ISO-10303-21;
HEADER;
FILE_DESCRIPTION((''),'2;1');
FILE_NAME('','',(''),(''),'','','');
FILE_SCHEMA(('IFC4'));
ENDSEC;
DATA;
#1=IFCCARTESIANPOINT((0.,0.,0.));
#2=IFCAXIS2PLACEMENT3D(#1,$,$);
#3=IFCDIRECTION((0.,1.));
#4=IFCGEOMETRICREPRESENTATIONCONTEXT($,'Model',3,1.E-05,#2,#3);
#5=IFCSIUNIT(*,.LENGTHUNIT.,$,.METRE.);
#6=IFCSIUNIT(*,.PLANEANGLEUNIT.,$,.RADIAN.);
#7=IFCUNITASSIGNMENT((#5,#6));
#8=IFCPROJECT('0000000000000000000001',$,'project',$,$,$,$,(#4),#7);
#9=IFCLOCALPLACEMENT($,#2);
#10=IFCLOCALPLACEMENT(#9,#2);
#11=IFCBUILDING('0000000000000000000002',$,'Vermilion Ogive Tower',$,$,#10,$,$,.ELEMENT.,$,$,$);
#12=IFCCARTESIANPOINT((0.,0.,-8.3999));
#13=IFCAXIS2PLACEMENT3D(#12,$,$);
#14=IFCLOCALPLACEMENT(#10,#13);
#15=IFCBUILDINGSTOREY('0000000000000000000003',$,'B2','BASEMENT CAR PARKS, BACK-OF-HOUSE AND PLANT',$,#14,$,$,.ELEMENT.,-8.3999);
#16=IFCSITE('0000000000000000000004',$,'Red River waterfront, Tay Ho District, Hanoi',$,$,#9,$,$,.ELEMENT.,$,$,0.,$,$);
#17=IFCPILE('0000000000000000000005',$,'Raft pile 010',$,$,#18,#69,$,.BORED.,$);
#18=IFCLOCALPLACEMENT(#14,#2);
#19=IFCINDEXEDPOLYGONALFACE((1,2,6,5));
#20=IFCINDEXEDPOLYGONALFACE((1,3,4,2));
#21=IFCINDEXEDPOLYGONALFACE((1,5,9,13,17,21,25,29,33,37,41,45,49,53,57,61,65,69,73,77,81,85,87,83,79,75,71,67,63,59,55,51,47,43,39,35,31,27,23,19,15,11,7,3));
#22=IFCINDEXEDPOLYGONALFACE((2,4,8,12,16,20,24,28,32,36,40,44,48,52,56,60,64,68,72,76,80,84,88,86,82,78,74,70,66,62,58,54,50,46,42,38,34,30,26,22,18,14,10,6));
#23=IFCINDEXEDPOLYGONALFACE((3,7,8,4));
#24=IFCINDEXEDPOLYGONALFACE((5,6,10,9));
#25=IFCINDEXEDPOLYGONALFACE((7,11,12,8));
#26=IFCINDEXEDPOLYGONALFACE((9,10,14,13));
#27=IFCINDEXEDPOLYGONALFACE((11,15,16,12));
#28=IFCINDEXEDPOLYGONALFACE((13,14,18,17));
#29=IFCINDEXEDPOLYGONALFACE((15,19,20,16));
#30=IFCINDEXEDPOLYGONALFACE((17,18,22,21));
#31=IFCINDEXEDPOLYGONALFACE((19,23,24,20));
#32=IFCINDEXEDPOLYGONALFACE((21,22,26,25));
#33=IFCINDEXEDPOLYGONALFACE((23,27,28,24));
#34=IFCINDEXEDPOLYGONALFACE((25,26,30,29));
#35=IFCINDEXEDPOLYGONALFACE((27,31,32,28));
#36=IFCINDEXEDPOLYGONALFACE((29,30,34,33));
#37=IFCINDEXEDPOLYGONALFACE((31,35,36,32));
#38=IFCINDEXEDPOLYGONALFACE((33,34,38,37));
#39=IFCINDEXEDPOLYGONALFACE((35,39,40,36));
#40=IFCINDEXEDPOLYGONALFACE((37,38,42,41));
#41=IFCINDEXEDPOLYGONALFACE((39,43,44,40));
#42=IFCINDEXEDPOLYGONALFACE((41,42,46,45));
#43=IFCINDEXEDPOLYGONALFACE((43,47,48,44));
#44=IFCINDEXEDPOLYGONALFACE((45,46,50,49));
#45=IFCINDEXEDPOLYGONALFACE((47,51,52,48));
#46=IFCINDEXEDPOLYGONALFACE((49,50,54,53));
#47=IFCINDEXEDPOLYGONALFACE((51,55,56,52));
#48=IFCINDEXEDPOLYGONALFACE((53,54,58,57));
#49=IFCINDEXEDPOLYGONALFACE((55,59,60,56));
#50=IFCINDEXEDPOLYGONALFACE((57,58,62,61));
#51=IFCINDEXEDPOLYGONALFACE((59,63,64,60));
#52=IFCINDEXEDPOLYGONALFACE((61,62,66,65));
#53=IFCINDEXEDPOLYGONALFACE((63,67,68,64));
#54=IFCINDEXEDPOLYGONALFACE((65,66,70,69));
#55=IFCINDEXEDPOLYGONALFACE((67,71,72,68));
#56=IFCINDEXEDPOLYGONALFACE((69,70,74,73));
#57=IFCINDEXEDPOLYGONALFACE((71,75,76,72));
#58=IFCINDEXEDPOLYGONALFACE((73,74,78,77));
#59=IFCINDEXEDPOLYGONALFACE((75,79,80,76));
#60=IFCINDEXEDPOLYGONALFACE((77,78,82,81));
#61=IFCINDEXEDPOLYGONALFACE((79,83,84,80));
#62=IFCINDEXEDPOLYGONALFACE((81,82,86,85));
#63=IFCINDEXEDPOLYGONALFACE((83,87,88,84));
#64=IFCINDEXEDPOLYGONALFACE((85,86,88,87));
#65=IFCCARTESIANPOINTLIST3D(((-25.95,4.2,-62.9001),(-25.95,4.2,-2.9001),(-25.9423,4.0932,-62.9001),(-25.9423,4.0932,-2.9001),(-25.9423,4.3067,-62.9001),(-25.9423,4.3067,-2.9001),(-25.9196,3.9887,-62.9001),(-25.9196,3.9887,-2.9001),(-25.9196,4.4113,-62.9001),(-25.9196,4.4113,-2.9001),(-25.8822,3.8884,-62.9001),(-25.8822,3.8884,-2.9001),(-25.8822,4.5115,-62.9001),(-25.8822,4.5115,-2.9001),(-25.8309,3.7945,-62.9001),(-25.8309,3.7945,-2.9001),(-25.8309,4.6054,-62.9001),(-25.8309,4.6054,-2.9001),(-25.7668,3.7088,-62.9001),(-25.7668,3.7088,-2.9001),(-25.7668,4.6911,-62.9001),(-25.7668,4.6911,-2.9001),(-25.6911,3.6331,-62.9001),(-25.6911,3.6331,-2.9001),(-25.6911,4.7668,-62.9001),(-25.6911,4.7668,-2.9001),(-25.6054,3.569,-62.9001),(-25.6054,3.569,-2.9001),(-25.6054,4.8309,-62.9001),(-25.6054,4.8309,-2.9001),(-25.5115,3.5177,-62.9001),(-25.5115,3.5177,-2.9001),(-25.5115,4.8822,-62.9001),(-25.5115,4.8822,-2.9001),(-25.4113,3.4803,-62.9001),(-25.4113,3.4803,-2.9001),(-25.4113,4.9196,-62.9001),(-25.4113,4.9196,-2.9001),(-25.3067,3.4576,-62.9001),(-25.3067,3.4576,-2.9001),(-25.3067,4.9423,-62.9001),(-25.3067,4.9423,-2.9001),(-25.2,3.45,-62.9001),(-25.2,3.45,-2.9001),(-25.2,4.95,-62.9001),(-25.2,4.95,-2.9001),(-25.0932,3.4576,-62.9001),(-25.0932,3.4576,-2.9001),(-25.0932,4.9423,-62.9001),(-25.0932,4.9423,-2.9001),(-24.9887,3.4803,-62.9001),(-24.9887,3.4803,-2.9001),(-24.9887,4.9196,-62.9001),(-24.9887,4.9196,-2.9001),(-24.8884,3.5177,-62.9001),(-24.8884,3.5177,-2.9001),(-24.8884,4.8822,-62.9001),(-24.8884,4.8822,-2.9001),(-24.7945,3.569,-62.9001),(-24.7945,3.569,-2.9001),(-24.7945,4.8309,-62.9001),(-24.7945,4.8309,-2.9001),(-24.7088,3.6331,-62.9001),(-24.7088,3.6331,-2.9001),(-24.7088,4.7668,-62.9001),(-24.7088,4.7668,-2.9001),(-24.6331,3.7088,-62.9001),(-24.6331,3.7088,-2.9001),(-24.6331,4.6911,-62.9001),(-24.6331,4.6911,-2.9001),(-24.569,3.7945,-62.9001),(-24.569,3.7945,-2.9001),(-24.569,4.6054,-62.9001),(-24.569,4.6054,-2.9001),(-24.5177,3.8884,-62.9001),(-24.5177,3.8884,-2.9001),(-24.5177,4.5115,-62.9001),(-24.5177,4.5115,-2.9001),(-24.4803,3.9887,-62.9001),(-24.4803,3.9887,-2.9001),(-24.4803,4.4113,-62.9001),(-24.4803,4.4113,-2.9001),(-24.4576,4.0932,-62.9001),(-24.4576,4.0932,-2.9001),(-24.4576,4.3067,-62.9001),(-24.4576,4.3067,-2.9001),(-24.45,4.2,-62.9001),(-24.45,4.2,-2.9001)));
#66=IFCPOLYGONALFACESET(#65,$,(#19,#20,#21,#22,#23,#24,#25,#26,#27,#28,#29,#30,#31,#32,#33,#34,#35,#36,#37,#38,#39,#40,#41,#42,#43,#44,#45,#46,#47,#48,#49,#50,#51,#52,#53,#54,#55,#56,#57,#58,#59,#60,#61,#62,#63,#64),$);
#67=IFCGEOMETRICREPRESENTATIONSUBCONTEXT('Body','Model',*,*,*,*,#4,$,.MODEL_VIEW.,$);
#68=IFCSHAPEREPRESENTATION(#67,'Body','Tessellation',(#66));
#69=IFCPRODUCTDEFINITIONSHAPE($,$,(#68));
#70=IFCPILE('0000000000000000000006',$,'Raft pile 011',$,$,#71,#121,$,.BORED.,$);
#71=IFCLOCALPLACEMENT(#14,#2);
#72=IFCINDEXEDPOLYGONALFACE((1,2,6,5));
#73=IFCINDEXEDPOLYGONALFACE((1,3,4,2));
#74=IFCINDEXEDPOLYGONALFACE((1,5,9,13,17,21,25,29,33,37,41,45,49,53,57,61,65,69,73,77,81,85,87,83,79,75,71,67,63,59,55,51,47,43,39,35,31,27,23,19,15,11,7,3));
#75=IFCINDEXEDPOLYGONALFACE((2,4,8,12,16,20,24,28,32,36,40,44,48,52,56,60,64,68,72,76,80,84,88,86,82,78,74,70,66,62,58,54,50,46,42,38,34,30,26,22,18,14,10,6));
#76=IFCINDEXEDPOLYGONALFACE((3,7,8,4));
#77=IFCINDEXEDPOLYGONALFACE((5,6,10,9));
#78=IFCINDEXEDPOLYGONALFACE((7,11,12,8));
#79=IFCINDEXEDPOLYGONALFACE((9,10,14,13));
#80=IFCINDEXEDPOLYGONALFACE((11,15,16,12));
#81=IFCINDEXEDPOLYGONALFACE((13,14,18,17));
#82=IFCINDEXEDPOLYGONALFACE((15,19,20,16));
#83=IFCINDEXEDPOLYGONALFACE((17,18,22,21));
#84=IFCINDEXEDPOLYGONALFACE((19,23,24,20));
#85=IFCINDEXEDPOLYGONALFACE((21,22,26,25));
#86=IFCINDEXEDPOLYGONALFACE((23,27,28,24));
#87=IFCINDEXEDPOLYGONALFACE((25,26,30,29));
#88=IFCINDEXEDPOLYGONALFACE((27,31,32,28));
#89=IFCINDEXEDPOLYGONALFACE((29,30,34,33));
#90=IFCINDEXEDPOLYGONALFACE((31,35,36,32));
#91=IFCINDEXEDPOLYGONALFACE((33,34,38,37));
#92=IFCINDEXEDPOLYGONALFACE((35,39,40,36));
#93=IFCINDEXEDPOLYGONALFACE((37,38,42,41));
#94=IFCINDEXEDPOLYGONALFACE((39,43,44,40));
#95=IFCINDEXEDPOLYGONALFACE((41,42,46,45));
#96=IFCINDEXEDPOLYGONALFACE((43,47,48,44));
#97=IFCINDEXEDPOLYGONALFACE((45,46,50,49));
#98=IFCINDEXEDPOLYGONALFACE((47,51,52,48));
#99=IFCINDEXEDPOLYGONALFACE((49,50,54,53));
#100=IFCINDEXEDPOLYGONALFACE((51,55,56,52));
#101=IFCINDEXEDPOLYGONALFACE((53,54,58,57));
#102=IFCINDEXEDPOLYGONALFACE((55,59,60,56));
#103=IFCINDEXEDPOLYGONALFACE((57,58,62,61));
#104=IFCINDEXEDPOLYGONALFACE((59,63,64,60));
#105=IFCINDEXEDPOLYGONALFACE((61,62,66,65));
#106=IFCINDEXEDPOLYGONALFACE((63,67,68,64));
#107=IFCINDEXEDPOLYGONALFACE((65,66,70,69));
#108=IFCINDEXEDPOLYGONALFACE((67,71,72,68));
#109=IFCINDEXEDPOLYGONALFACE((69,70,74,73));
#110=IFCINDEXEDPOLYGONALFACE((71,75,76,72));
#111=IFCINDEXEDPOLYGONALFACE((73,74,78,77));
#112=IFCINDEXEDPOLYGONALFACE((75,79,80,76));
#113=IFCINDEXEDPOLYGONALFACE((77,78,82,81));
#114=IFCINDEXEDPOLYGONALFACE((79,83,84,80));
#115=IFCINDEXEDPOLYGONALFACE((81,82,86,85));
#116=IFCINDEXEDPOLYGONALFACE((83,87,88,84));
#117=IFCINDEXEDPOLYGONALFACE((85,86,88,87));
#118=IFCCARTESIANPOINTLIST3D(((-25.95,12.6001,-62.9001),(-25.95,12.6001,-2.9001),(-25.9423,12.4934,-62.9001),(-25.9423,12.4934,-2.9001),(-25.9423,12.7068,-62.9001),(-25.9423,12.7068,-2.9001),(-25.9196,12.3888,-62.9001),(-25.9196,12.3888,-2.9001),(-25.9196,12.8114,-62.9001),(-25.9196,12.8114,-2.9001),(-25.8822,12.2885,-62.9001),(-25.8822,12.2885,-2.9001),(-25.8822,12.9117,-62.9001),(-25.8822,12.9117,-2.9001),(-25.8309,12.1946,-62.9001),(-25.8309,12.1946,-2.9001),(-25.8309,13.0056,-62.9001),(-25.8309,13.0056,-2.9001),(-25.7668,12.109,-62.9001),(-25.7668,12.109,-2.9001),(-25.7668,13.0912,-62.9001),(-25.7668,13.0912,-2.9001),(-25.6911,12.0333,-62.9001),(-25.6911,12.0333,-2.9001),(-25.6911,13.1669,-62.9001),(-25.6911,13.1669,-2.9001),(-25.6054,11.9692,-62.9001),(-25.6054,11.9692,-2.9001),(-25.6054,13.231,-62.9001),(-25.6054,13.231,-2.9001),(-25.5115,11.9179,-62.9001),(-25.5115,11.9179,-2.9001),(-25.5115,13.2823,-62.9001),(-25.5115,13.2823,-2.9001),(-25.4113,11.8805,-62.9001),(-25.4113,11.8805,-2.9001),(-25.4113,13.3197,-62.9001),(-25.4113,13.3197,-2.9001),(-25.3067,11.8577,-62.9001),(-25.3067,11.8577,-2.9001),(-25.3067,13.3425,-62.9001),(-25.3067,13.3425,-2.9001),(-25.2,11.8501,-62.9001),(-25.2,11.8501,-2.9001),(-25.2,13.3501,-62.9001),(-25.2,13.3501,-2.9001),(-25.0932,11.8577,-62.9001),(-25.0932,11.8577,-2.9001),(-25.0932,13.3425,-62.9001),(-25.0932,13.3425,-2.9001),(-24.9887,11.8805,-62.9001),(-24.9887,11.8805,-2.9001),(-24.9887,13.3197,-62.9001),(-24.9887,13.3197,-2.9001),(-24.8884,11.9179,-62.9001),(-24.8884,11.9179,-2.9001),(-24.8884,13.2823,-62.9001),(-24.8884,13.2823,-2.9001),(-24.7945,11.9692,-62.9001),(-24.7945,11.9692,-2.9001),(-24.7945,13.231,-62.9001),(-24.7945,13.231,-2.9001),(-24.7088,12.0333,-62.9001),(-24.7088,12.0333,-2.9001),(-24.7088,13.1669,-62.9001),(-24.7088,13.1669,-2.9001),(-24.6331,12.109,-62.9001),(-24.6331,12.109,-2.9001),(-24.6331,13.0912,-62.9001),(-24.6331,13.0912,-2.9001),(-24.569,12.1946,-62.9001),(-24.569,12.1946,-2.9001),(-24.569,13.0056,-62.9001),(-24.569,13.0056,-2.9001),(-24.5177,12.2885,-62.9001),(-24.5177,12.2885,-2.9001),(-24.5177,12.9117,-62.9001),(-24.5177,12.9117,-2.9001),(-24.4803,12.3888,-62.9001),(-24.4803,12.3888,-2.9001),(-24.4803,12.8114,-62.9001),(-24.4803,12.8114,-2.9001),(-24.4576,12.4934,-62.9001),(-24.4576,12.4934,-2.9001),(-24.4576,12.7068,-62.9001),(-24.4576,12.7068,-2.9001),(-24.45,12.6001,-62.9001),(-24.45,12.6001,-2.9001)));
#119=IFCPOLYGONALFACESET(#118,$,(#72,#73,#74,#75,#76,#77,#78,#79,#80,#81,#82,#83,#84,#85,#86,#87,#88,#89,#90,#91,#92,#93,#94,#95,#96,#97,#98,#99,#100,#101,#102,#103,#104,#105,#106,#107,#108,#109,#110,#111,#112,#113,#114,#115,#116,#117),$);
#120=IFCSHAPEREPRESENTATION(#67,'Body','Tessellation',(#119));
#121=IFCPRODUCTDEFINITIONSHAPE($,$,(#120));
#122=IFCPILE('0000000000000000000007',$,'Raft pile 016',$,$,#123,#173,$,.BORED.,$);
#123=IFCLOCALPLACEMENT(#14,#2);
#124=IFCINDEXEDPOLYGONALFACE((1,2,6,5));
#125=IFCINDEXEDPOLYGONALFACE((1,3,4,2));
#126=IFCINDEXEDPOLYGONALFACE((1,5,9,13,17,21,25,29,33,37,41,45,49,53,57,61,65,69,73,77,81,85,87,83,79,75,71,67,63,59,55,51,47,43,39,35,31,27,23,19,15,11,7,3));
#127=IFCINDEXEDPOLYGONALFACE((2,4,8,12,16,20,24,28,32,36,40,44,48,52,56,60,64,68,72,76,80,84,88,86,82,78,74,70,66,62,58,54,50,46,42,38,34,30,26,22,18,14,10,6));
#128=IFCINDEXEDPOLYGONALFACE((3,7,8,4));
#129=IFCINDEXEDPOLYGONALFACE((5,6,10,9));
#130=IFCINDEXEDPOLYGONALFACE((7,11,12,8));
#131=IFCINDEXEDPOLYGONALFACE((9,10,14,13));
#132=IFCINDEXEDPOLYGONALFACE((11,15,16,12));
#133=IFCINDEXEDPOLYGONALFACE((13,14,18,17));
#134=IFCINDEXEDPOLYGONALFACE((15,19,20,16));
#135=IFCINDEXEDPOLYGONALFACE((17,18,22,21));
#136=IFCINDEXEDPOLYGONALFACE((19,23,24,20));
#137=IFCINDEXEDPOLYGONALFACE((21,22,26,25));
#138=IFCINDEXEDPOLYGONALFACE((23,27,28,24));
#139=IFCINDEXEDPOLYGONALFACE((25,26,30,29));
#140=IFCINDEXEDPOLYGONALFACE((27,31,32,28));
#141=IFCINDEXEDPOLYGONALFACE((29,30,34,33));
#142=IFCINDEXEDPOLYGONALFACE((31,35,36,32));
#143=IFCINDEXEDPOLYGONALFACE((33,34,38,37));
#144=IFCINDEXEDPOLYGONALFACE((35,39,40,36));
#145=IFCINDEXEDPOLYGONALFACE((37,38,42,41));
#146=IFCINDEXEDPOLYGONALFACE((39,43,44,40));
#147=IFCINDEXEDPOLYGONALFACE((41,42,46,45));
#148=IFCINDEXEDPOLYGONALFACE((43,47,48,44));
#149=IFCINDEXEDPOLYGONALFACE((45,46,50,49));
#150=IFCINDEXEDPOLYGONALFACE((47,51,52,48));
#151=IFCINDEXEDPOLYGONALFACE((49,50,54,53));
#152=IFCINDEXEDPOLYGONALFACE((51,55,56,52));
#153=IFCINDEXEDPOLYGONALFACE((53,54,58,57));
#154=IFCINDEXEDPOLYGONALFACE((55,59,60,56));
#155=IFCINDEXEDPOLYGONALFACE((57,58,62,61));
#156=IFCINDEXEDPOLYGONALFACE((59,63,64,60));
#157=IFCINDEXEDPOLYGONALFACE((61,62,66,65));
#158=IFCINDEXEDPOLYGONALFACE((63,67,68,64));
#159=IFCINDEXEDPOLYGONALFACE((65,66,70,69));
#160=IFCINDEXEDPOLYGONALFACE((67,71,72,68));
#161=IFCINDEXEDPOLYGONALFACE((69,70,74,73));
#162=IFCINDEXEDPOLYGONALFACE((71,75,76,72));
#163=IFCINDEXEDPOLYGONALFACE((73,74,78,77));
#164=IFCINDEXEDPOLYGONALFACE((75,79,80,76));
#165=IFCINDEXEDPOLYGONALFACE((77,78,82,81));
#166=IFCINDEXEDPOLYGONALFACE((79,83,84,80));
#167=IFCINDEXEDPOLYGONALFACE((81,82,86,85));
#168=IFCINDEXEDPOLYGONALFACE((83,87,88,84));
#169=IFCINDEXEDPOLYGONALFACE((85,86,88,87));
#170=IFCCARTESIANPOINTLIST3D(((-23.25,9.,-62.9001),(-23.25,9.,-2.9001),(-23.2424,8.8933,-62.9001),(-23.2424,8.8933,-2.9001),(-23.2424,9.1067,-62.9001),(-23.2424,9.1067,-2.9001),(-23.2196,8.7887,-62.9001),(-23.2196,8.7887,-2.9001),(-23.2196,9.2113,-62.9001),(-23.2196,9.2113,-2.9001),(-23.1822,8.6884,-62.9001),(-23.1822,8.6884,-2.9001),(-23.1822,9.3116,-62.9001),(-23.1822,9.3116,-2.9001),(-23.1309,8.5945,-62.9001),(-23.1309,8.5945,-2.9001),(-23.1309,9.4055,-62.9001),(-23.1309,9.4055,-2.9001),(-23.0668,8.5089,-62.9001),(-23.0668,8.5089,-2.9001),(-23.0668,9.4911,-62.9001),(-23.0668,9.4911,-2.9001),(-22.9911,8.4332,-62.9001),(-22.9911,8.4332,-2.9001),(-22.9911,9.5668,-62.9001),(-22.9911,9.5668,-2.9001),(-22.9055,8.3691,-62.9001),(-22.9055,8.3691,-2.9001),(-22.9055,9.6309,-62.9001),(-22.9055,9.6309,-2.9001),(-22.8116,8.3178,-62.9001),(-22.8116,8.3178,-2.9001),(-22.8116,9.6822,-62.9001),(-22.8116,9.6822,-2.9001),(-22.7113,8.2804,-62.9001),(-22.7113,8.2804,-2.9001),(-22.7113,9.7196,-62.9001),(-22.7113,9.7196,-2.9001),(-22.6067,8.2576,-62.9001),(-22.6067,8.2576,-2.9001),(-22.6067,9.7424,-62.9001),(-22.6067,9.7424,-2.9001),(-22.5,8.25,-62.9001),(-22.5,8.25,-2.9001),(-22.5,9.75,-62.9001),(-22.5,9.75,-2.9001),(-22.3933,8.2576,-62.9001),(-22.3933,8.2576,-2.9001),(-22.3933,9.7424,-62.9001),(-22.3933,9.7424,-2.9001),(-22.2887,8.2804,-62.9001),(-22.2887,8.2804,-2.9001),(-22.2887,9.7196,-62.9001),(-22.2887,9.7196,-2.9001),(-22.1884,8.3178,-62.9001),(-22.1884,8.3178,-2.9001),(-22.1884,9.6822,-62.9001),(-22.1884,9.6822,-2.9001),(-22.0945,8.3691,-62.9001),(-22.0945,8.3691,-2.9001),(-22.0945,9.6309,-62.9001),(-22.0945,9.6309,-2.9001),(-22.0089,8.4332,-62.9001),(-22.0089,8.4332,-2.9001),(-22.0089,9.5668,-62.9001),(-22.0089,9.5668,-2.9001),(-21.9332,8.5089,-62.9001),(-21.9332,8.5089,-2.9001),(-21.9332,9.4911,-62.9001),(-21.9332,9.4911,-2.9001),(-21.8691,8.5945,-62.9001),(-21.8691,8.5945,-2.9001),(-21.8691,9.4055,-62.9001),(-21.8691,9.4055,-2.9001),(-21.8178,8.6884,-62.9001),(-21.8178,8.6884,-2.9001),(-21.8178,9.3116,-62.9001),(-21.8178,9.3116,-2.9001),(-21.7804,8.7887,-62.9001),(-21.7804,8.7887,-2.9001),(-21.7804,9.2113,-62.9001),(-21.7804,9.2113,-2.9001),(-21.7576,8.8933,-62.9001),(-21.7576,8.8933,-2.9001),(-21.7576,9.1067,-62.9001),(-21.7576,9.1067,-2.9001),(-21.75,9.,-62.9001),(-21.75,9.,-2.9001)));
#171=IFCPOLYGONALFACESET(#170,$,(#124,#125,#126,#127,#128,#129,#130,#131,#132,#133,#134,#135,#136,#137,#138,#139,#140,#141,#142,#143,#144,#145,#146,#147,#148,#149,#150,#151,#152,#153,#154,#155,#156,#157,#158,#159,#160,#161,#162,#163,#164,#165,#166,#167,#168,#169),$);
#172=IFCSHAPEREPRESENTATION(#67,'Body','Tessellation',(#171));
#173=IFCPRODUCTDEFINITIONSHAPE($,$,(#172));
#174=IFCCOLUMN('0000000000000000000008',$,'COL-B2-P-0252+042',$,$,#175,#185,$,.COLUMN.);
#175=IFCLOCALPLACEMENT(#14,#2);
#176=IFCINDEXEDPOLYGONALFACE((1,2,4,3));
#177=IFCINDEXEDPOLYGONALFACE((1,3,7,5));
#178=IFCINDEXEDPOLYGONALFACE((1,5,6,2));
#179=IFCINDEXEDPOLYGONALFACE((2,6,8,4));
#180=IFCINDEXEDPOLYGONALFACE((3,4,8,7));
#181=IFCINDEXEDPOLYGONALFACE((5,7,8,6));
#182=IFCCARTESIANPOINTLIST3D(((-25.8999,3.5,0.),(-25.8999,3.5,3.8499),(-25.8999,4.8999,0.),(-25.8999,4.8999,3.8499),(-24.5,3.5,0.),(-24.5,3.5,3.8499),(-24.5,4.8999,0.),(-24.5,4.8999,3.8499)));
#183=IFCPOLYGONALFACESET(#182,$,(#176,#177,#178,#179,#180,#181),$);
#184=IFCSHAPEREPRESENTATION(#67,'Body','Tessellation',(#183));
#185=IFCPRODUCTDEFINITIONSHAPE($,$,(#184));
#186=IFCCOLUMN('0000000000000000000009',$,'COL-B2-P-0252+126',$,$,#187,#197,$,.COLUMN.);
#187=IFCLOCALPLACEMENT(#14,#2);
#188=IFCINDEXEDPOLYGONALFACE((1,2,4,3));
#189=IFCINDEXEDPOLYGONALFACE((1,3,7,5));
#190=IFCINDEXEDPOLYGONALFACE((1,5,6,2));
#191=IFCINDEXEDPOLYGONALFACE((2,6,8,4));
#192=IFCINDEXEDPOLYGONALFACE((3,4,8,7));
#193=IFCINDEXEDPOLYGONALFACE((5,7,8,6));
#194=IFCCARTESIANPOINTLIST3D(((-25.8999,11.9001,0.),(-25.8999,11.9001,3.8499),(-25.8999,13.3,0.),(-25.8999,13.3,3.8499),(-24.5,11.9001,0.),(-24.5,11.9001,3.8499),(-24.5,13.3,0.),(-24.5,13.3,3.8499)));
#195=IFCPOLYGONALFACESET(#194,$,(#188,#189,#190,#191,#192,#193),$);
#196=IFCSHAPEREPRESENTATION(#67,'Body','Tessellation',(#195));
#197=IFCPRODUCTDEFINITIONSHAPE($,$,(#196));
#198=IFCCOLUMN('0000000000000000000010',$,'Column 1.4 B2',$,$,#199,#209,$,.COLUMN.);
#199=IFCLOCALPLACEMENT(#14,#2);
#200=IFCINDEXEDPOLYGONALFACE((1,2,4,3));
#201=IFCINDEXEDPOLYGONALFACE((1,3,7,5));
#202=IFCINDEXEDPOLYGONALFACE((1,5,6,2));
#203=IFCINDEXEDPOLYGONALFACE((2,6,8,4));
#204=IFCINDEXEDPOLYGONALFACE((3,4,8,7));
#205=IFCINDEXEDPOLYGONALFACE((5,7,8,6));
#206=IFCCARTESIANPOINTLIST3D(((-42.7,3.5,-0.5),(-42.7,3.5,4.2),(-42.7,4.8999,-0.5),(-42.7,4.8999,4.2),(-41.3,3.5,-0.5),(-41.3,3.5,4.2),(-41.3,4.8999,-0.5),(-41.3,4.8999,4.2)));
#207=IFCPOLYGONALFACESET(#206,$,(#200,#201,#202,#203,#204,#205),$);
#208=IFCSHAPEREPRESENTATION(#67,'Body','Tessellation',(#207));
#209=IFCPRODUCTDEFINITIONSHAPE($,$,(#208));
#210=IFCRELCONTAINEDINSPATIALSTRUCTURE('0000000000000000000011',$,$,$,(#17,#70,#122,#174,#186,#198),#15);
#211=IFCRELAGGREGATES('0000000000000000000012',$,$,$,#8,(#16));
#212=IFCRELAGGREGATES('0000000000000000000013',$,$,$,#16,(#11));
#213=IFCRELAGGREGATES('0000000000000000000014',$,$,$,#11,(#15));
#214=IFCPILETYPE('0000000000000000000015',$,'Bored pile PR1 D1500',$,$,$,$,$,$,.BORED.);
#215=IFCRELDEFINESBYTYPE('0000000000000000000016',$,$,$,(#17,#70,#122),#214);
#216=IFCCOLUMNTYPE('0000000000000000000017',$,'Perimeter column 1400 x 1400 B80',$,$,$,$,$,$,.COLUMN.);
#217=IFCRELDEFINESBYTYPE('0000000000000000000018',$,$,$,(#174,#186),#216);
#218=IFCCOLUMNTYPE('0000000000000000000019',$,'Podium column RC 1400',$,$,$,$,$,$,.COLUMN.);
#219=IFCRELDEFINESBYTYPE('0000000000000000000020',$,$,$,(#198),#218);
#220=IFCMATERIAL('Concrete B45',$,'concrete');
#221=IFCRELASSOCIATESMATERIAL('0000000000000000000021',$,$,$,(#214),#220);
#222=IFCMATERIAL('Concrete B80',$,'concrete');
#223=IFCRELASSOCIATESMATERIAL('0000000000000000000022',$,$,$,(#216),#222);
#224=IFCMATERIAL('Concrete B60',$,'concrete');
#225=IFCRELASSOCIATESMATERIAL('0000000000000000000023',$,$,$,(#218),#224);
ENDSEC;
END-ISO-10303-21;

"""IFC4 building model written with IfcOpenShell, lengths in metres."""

from ifc_helpers import new_model, si_unit, direction, frame, origin, origin_2d, place, context, subcontext, project, spatial, rectangle, circle, extrude, material, material_profile, profile_set, type_object, element, save


model = new_model("IFC4")

# Units and contexts
model_context = context("Model", 3, precision=1e-05, world=origin(), true_north=direction((0.0, 1.0)))
body_context = subcontext(model_context, "Body", "Model", "MODEL_VIEW")
ifc_project = project(units=[si_unit("LENGTHUNIT", "METRE"), si_unit("PLANEANGLEUNIT", "RADIAN")], contexts=[model_context])

# Site, building, storey
site_placement = place(None, origin())
site = spatial("IfcSite", under=ifc_project, at=site_placement, Name="Red River waterfront, Tay Ho District, Hanoi", CompositionType="ELEMENT", RefElevation=0.0)
building_placement = place(site_placement, origin())
building = spatial("IfcBuilding", under=site, at=building_placement, Name="Vermilion Ogive Tower", CompositionType="ELEMENT")
storey_placement = place(building_placement, frame((0.0, 0.0, -8.3999)))
storey = spatial("IfcBuildingStorey", under=building, at=storey_placement, Name="B2", Description="BASEMENT CAR PARKS, BACK-OF-HOUSE AND PLANT", CompositionType="ELEMENT", Elevation=-8.3999)

# Piles
ifc_material_1 = material(Name="Concrete B45", Category="concrete")
pile_type_1 = type_object("IfcPileType", Name="Bored pile PR1 D1500", PredefinedType="BORED", material=ifc_material_1)
for number, where, z_axis, x_axis, name in (
    (1, (-25.2, 4.2, -2.9001), (0.0, 0.0, -1.0), (1.0, 0.0, 0.0), "Raft pile 010"),
    (2, (-25.2, 12.6001, -2.9001), (0.0, 0.0, -1.0), (1.0, 0.0, 0.0), "Raft pile 011"),
    (3, (-22.5, 9.0, -2.9001), (0.0, 0.0, -1.0), (1.0, 0.0, 0.0), "Raft pile 016"),
):
    element("IfcPile", number, at=place(storey_placement, frame(where, z_axis=z_axis, x_axis=x_axis)), inside=storey, type_object=pile_type_1, Name=name, PredefinedType="BORED", context=body_context, shape_type="SweptSolid", body=[
        extrude(circle(Radius=0.75, at=origin_2d()), origin(), (0.0, 0.0, 1.0), 60.0),
    ])

# Columns
ifc_material_2 = material(Name="Concrete B80", Category="concrete")
ifc_material_profile_1 = material_profile(ifc_material_2, rectangle(XDim=1.3999, YDim=1.3999, at=origin_2d()), Name="1400 x 1400")
ifc_profile_set_1 = profile_set([ifc_material_profile_1], Name="Concrete B80")
column_type_1 = type_object("IfcColumnType", Name="Perimeter column 1400 x 1400 B80", PredefinedType="COLUMN", material=ifc_profile_set_1)
for number, where, z_axis, x_axis, name in (
    (4, (-25.2, 4.2, 0.0), (0.0, 0.0, 1.0), (1.0, 0.0, 0.0), "COL-B2-P-0252+042"),
    (5, (-25.2, 12.6001, 0.0), (0.0, 0.0, 1.0), (1.0, 0.0, 0.0), "COL-B2-P-0252+126"),
):
    element("IfcColumn", number, at=place(storey_placement, frame(where, z_axis=z_axis, x_axis=x_axis)), inside=storey, type_object=column_type_1, Name=name, PredefinedType="COLUMN", context=body_context, shape_type="SweptSolid", body=[
        extrude(rectangle(XDim=1.3999, YDim=1.3999, at=origin_2d()), origin(), (0.0, 0.0, 1.0), 3.8499),
    ])
ifc_material_3 = material(Name="Concrete B60", Category="concrete")
ifc_material_profile_2 = material_profile(ifc_material_3, rectangle(XDim=1.3999, YDim=1.3999, at=origin_2d()), Name="RC 1400x1400")
ifc_profile_set_2 = profile_set([ifc_material_profile_2], Name="Concrete B60")
column_type_2 = type_object("IfcColumnType", Name="Podium column RC 1400", PredefinedType="COLUMN", material=ifc_profile_set_2)
for number, where, z_axis, x_axis, name in (
    (6, (-42.0, 4.2, -0.5), (0.0, 0.0, 1.0), (1.0, 0.0, 0.0), "Column 1.4 B2"),
):
    element("IfcColumn", number, at=place(storey_placement, frame(where, z_axis=z_axis, x_axis=x_axis)), inside=storey, type_object=column_type_2, Name=name, PredefinedType="COLUMN", context=body_context, shape_type="SweptSolid", body=[
        extrude(rectangle(XDim=1.3999, YDim=1.3999, at=origin_2d()), origin(), (0.0, 0.0, 1.0), 4.7),
    ])

save(model, "model.ifc")
